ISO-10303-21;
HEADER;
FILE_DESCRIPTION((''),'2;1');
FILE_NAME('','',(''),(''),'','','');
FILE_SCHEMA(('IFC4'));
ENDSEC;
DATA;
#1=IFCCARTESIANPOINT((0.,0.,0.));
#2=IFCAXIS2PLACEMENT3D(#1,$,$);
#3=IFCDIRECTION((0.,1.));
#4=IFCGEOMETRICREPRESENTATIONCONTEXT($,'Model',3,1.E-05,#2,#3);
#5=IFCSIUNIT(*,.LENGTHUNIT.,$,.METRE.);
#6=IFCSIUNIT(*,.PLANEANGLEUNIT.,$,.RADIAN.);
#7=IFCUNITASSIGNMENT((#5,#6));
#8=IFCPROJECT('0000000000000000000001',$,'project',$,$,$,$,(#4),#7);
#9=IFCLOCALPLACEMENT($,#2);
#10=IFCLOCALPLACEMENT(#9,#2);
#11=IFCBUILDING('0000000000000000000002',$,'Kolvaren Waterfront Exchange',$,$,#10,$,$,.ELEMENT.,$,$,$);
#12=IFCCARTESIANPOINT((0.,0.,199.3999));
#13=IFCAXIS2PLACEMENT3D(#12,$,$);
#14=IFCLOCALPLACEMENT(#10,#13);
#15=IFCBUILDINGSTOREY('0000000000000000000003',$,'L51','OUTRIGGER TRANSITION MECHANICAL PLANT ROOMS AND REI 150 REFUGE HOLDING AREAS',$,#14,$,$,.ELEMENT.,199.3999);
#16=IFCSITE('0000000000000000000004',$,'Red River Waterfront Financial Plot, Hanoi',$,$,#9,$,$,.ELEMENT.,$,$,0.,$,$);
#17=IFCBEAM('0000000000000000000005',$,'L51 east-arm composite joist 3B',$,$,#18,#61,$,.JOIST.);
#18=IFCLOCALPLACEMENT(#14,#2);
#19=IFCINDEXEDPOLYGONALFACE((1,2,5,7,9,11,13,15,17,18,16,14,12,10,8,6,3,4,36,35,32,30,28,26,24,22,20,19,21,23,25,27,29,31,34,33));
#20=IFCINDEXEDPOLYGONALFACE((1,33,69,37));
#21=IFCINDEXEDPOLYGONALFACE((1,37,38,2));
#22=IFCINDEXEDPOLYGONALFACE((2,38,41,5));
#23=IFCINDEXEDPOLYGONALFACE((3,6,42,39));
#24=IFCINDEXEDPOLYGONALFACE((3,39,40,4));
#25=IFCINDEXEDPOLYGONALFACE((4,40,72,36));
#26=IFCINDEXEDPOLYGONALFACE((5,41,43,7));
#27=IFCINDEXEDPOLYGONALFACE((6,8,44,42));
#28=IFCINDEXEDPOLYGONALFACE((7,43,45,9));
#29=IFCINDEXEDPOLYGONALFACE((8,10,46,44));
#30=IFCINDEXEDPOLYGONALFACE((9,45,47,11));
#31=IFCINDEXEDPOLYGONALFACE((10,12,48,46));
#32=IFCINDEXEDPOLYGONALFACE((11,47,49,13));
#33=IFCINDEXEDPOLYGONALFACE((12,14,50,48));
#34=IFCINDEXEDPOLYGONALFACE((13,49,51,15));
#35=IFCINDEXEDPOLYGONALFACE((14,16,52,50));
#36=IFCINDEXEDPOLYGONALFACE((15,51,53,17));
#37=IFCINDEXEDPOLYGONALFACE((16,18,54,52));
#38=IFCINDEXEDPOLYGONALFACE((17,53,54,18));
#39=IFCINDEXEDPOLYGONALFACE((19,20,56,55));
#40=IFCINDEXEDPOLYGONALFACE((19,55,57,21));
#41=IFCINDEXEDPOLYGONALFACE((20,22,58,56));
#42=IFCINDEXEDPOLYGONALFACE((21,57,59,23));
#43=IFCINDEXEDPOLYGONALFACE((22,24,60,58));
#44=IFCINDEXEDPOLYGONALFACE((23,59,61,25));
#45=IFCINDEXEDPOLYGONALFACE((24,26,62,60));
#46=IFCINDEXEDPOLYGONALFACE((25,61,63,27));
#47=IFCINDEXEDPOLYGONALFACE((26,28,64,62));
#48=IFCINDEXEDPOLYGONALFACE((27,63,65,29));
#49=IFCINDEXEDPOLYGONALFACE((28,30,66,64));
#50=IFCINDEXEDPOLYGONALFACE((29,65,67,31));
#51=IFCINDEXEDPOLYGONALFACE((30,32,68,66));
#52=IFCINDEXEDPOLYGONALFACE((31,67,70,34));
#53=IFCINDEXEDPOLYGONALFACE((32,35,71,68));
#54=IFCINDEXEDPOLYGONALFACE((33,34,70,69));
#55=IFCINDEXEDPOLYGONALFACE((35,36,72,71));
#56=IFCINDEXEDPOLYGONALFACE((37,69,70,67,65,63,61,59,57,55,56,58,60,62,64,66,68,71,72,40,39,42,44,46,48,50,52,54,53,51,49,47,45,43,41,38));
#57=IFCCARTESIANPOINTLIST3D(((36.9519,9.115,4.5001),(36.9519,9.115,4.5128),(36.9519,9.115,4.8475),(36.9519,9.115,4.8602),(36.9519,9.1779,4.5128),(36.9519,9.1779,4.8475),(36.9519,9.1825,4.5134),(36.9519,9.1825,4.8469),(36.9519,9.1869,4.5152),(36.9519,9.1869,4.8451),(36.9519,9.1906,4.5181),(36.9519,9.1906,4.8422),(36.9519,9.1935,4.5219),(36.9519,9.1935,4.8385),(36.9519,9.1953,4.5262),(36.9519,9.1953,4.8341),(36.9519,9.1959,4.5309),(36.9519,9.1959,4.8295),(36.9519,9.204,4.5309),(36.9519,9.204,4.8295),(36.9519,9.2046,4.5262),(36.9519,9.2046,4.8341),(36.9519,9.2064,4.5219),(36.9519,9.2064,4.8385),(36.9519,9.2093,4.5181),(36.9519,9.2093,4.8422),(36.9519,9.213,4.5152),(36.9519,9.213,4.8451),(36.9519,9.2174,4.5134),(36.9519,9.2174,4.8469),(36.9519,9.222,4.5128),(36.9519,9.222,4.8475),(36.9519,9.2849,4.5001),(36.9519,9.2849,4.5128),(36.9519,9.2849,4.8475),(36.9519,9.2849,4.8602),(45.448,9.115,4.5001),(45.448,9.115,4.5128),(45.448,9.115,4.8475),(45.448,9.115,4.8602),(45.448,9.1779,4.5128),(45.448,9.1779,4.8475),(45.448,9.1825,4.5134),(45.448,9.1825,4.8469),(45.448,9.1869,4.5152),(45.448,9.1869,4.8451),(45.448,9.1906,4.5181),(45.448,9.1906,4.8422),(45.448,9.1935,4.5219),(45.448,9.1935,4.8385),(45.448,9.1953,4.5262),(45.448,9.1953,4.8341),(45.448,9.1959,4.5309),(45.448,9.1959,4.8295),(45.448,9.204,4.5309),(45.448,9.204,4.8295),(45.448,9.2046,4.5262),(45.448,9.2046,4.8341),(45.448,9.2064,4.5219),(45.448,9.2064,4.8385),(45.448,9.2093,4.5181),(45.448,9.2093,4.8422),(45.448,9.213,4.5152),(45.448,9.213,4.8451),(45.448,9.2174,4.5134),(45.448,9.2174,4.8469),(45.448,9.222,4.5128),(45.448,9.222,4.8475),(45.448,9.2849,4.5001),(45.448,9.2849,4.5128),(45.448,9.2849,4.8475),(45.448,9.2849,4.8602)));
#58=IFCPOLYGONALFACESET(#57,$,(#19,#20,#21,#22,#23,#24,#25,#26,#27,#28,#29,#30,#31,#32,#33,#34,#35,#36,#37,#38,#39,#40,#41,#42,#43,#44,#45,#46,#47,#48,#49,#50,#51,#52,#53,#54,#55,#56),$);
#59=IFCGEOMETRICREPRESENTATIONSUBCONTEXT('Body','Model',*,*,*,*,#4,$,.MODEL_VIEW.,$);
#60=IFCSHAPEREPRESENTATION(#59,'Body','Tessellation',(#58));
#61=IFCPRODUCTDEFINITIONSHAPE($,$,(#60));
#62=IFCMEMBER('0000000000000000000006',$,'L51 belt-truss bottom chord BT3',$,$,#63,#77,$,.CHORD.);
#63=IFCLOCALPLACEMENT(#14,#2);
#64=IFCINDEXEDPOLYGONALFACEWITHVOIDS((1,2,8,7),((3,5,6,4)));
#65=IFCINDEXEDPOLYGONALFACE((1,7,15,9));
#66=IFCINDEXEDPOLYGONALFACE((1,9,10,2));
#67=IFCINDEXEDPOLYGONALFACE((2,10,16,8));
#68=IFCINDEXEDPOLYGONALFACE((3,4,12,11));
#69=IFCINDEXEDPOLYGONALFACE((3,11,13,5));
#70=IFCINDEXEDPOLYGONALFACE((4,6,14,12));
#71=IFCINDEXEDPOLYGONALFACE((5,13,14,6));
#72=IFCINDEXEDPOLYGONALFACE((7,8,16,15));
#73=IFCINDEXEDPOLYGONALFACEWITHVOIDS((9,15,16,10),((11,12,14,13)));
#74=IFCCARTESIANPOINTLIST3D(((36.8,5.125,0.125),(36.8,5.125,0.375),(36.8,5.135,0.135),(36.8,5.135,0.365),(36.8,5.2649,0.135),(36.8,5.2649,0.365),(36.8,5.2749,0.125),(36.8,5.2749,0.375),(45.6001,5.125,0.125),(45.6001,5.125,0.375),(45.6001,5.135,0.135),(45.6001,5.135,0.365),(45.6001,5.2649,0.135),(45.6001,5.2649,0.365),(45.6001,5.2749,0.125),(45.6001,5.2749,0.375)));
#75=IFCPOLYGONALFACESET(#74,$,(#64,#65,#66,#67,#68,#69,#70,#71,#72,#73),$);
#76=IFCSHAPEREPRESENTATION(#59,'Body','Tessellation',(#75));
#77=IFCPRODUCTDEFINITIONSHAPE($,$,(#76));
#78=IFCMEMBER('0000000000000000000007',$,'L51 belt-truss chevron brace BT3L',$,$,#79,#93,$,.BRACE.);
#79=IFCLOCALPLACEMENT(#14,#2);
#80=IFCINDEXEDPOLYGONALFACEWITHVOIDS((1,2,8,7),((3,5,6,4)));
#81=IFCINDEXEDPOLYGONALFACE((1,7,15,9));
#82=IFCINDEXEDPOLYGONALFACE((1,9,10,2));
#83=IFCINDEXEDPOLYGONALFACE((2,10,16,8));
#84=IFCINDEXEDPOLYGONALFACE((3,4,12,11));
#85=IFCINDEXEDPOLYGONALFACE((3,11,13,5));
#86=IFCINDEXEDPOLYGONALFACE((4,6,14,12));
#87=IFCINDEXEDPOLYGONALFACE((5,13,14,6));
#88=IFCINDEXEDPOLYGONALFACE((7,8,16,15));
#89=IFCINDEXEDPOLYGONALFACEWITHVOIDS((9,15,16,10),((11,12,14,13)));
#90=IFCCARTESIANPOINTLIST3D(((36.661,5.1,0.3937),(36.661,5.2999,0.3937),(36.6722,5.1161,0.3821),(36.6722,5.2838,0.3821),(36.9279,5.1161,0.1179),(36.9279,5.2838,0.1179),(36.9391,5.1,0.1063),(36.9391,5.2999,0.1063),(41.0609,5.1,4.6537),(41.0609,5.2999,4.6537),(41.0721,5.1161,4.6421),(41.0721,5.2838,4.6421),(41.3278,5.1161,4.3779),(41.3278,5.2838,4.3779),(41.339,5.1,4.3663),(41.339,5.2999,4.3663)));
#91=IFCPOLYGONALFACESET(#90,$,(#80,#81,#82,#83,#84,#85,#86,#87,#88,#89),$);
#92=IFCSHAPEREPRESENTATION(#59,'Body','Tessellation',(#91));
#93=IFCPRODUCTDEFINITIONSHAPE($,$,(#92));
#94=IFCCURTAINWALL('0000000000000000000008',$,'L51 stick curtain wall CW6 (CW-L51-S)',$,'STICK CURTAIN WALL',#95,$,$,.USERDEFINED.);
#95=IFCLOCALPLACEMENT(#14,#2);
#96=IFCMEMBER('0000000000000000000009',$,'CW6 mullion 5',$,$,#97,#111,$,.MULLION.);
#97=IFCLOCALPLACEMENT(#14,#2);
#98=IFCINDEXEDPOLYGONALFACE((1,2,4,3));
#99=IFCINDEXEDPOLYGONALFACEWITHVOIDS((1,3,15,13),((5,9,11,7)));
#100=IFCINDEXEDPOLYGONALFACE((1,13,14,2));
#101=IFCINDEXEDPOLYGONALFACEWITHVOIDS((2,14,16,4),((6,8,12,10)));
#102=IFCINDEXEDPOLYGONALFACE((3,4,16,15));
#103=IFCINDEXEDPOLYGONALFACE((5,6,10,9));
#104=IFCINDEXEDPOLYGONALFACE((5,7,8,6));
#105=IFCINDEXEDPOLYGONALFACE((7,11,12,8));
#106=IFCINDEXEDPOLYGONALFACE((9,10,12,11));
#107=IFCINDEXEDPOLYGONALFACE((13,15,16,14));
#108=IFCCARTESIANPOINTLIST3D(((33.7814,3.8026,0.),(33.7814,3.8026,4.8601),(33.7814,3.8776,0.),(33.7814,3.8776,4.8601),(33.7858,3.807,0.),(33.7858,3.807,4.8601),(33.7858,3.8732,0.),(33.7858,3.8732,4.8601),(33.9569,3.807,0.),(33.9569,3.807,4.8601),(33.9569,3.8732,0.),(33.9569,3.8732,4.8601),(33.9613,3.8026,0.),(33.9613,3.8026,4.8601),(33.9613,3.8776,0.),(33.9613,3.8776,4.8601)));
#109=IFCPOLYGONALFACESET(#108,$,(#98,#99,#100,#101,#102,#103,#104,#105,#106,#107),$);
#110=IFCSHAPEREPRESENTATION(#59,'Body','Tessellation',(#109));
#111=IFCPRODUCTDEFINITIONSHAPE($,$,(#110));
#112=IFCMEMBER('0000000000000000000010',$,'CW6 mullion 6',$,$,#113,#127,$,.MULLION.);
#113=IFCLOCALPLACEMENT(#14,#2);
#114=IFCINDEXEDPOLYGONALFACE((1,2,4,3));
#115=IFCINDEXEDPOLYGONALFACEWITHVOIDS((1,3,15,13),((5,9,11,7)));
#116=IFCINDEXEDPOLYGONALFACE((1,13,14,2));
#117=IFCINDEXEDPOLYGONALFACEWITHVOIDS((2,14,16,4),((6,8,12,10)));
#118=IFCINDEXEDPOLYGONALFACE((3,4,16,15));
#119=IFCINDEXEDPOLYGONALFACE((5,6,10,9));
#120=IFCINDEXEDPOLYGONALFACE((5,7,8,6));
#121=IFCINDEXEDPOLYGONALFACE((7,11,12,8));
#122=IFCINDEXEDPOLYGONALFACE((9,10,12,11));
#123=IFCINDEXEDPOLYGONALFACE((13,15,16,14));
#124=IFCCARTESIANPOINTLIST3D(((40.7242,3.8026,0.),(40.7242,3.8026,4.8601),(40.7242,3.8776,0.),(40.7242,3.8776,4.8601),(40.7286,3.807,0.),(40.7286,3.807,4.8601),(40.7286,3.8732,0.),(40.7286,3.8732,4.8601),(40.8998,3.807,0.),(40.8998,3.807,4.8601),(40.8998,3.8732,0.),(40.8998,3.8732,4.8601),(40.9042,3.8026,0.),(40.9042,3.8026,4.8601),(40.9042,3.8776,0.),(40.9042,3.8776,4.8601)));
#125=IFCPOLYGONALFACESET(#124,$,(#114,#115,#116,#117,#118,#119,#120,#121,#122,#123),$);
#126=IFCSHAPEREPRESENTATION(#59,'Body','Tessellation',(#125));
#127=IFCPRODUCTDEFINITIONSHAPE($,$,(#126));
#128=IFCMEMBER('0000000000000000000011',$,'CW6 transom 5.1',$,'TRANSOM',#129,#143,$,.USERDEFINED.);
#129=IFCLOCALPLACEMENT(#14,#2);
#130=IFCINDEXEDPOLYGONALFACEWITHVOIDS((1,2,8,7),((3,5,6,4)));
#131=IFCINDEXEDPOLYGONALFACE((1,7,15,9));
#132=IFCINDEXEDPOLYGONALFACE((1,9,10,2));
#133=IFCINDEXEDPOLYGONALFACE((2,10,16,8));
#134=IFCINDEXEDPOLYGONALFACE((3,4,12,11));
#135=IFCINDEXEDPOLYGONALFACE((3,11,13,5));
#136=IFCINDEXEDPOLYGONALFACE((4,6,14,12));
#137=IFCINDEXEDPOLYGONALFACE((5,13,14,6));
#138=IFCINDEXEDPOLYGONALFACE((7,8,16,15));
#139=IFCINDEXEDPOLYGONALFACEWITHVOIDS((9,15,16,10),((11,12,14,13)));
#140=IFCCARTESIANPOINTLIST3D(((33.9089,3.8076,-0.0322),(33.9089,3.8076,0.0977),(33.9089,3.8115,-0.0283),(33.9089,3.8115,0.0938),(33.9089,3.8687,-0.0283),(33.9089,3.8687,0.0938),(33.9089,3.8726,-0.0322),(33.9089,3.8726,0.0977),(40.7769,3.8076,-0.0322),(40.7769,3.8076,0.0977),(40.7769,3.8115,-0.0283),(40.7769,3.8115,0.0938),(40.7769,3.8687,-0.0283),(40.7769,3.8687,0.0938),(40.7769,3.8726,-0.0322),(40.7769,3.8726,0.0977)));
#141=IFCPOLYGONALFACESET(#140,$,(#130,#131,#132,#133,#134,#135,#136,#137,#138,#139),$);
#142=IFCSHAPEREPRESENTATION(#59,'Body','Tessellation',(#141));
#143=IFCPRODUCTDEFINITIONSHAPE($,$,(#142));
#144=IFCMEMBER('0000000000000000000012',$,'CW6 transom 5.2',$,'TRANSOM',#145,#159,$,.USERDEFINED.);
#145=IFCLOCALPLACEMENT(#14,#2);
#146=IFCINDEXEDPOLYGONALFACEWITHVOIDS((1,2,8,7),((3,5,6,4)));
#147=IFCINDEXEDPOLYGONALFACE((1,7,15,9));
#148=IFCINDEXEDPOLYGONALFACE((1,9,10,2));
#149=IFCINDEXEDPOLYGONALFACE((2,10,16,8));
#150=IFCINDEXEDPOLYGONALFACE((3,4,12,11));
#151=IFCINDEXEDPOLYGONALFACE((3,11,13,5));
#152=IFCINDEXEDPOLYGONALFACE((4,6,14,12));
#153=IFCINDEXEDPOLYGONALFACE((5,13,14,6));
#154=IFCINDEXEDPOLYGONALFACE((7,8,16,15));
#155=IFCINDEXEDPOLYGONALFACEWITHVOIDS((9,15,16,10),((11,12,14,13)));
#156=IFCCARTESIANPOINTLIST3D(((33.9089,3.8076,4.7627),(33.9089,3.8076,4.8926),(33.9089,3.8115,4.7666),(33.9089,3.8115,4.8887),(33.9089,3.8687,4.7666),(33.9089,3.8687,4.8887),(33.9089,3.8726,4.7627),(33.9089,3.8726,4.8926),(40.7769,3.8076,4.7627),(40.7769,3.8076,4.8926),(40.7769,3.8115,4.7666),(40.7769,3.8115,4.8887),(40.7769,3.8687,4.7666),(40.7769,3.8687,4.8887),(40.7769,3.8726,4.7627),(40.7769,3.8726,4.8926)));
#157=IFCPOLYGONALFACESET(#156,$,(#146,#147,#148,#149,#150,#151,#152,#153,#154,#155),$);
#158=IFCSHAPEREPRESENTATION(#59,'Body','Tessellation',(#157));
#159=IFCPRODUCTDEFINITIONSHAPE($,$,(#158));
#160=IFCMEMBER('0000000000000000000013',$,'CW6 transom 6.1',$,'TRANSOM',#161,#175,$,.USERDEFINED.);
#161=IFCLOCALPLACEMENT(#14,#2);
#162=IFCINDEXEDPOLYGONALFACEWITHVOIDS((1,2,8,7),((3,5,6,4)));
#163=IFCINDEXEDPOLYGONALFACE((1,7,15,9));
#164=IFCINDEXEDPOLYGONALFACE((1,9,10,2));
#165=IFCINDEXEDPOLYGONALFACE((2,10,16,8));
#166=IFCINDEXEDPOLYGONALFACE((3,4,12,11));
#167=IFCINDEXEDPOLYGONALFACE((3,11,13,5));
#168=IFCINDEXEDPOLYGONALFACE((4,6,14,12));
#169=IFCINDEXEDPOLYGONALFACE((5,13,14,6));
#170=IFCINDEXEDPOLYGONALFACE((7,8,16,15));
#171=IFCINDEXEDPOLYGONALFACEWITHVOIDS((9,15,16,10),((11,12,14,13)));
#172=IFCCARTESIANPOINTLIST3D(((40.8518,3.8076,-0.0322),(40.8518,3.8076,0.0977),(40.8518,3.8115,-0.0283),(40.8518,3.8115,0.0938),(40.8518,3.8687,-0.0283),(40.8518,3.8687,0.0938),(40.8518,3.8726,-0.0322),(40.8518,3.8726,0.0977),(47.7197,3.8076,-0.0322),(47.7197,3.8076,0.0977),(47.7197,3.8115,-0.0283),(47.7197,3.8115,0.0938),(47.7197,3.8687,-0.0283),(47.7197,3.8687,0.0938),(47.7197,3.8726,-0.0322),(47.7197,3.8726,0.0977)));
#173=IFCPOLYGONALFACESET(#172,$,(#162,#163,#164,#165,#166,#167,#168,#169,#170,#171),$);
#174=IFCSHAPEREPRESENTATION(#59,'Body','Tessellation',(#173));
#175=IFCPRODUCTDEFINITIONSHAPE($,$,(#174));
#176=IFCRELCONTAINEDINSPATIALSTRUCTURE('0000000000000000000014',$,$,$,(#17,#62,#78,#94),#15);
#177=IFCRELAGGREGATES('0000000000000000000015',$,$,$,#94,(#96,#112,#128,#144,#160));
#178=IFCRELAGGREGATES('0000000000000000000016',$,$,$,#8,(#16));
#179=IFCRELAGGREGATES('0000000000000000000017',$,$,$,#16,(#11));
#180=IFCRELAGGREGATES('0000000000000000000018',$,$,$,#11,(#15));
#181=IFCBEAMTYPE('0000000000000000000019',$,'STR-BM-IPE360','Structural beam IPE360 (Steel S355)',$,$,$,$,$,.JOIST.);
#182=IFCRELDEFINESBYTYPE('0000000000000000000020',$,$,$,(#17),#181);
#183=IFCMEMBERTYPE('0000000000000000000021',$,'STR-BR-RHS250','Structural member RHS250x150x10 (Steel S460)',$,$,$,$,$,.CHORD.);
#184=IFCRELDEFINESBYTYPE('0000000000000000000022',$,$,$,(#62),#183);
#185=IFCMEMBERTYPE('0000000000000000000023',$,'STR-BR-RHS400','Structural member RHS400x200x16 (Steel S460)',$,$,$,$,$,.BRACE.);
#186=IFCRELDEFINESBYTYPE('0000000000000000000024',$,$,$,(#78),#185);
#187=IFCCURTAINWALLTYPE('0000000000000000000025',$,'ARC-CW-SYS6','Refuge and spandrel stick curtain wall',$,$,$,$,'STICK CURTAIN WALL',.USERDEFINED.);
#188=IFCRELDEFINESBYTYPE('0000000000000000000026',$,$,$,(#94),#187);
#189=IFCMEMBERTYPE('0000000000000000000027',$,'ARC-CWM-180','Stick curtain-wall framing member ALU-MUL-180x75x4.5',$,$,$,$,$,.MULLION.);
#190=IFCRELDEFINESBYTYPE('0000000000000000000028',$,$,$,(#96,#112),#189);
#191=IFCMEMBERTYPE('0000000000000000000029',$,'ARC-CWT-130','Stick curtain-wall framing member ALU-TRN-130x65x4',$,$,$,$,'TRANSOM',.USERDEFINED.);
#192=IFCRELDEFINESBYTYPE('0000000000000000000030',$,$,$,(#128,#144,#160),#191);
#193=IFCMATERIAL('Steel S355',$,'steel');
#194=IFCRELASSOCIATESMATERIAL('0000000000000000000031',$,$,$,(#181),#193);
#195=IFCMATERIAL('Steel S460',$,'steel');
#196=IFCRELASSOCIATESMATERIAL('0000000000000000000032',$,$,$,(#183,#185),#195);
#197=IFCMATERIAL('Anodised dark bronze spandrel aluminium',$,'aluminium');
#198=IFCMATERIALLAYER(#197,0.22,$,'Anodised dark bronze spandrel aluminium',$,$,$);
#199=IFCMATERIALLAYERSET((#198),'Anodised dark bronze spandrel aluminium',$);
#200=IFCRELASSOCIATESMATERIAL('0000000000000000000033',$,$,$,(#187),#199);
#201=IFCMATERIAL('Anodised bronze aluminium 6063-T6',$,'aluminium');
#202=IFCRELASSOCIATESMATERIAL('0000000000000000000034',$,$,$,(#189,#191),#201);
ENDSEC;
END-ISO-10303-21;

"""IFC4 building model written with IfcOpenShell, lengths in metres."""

from ifc_helpers import new_model, si_unit, direction, frame, origin, origin_with_axes, origin_2d, place, context, subcontext, project, spatial, hollow_rectangle, i_section, extrude, source, transform, mapped, material, layer, layer_set, material_profile, profile_set, type_object, element, aggregate, save


model = new_model("IFC4")

# Units and contexts
model_context = context("Model", 3, precision=1e-05, world=origin(), true_north=direction((0.0, 1.0)))
body_context = subcontext(model_context, "Body", "Model", "MODEL_VIEW")
ifc_project = project(units=[si_unit("LENGTHUNIT", "METRE"), si_unit("PLANEANGLEUNIT", "RADIAN")], contexts=[model_context])

# Site, building, storey
site_placement = place(None, origin())
site = spatial("IfcSite", under=ifc_project, at=site_placement, Name="Red River Waterfront Financial Plot, Hanoi", CompositionType="ELEMENT", RefElevation=0.0)
building_placement = place(site_placement, origin())
building = spatial("IfcBuilding", under=site, at=building_placement, Name="Kolvaren Waterfront Exchange", CompositionType="ELEMENT")
storey_placement = place(building_placement, frame((0.0, 0.0, 199.3999)))
storey = spatial("IfcBuildingStorey", under=building, at=storey_placement, Name="L51", Description="OUTRIGGER TRANSITION MECHANICAL PLANT ROOMS AND REI 150 REFUGE HOLDING AREAS", CompositionType="ELEMENT", Elevation=199.3999)

# Beam
ifc_material_1 = material(Name="Steel S355", Category="steel")
ifc_material_profile_1 = material_profile(ifc_material_1, i_section(OverallWidth=0.1699, OverallDepth=0.3601, WebThickness=0.0081, FlangeThickness=0.0127, FilletRadius=0.0181, at=origin_2d()), Name="IPE360")
ifc_profile_set_1 = profile_set([ifc_material_profile_1], Name="Steel S355")
beam_type_1 = type_object("IfcBeamType", Name="STR-BM-IPE360", Description="Structural beam IPE360 (Steel S355)", PredefinedType="JOIST", material=ifc_profile_set_1)
for number, where, z_axis, x_axis, name in (
    (1, (36.9519, 9.2, 4.6802), (1.0, 0.0, 0.0), (0.0, 1.0, 0.0), "L51 east-arm composite joist 3B"),
):
    element("IfcBeam", number, at=place(storey_placement, frame(where, z_axis=z_axis, x_axis=x_axis)), inside=storey, type_object=beam_type_1, Name=name, PredefinedType="JOIST", context=body_context, shape_type="SweptSolid", body=[
        extrude(i_section(OverallWidth=0.1699, OverallDepth=0.3601, WebThickness=0.0081, FlangeThickness=0.0127, FilletRadius=0.0181, at=origin_2d()), origin(), (0.0, 0.0, 1.0), 8.4961),
    ])

# Members
ifc_material_2 = material(Name="Steel S460", Category="steel")
ifc_material_profile_2 = material_profile(ifc_material_2, hollow_rectangle(XDim=0.1499, YDim=0.25, WallThickness=0.01, at=origin_2d()), Name="RHS250x150x10")
ifc_profile_set_2 = profile_set([ifc_material_profile_2], Name="Steel S460")
member_type_1 = type_object("IfcMemberType", Name="STR-BR-RHS250", Description="Structural member RHS250x150x10 (Steel S460)", PredefinedType="CHORD", material=ifc_profile_set_2)
member_1_placement = place(storey_placement, frame((36.8, 5.2, 0.25), z_axis=(1.0, 0.0, 0.0), x_axis=(0.0, 1.0, 0.0)))
element("IfcMember", 2, at=member_1_placement, inside=storey, type_object=member_type_1, Name="L51 belt-truss bottom chord BT3", PredefinedType="CHORD", context=body_context, shape_type="SweptSolid", body=[
    extrude(hollow_rectangle(XDim=0.1499, YDim=0.25, WallThickness=0.01, at=origin_2d()), origin(), (0.0, 0.0, 1.0), 8.8),
])
ifc_material_profile_3 = material_profile(ifc_material_2, hollow_rectangle(XDim=0.2, YDim=0.3999, WallThickness=0.0161, at=origin_2d()), Name="RHS400x200x16")
ifc_profile_set_3 = profile_set([ifc_material_profile_3], Name="Steel S460")
member_type_2 = type_object("IfcMemberType", Name="STR-BR-RHS400", Description="Structural member RHS400x200x16 (Steel S460)", PredefinedType="BRACE", material=ifc_profile_set_3)
member_2_placement = place(storey_placement, frame((36.8, 5.2, 0.25), z_axis=(0.718436, 0.0, 0.695593), x_axis=(0.0, 1.0, 0.0)))
element("IfcMember", 3, at=member_2_placement, inside=storey, type_object=member_type_2, Name="L51 belt-truss chevron brace BT3L", PredefinedType="BRACE", context=body_context, shape_type="SweptSolid", body=[
    extrude(hollow_rectangle(XDim=0.2, YDim=0.3999, WallThickness=0.0161, at=origin_2d()), origin(), (0.0, 0.0, 1.0), 6.1243),
])

# Curtain wall, members
ifc_material_3 = material(Name="Anodised dark bronze spandrel aluminium", Category="aluminium")
ifc_layer_1 = layer(ifc_material_3, 0.22, Name="Anodised dark bronze spandrel aluminium")
ifc_layer_set_1 = layer_set([ifc_layer_1], Name="Anodised dark bronze spandrel aluminium")
curtain_wall_type = type_object("IfcCurtainWallType", Name="ARC-CW-SYS6", Description="Refuge and spandrel stick curtain wall", ElementType="STICK CURTAIN WALL", PredefinedType="USERDEFINED", material=ifc_layer_set_1)
curtain_wall_placement = place(storey_placement, origin())
curtain_wall = element("IfcCurtainWall", 4, at=curtain_wall_placement, inside=storey, type_object=curtain_wall_type, Name="L51 stick curtain wall CW6 (CW-L51-S)", ObjectType="STICK CURTAIN WALL", PredefinedType="USERDEFINED")
ifc_material_4 = material(Name="Anodised bronze aluminium 6063-T6", Category="aluminium")
ifc_material_profile_4 = material_profile(ifc_material_4, hollow_rectangle(XDim=0.075, YDim=0.1799, WallThickness=0.0044, at=origin_2d()), Name="ALU-MUL-180x75x4.5")
ifc_profile_set_4 = profile_set([ifc_material_profile_4], Name="Anodised bronze aluminium 6063-T6")
member_type_3 = type_object("IfcMemberType", Name="ARC-CWM-180", Description="Stick curtain-wall framing member ALU-MUL-180x75x4.5", PredefinedType="MULLION", material=ifc_profile_set_4)
shared_shape_1 = source(origin_with_axes(), body_context, "Body", "SweptSolid", [
    extrude(hollow_rectangle(XDim=0.075, YDim=0.1799, WallThickness=0.0044, at=origin_2d()), origin(), (0.0, 0.0, 1.0), 4.8601),
])
member_3_placement = place(storey_placement, frame((33.8713, 3.8401, 0.0), z_axis=(0.0, 0.0, 1.0), x_axis=(0.0, 1.0, 0.0)))
member_3 = element("IfcMember", 5, at=member_3_placement, type_object=member_type_3, Name="CW6 mullion 5", PredefinedType="MULLION", context=body_context, shape_type="MappedRepresentation", body=[
    mapped(shared_shape_1, transform((0.0, 0.0, 0.0), x_axis=(1.0, 0.0, 0.0), y_axis=(0.0, 1.0, 0.0), z_axis=(0.0, 0.0, 1.0), scale=1.0)),
])
member_4_placement = place(storey_placement, frame((40.8142, 3.8401, 0.0), z_axis=(0.0, 0.0, 1.0), x_axis=(0.0, 1.0, 0.0)))
member_4 = element("IfcMember", 6, at=member_4_placement, type_object=member_type_3, Name="CW6 mullion 6", PredefinedType="MULLION", context=body_context, shape_type="MappedRepresentation", body=[
    mapped(shared_shape_1, transform((0.0, 0.0, 0.0), x_axis=(1.0, 0.0, 0.0), y_axis=(0.0, 1.0, 0.0), z_axis=(0.0, 0.0, 1.0), scale=1.0)),
])
ifc_material_profile_5 = material_profile(ifc_material_4, hollow_rectangle(XDim=0.0649, YDim=0.1299, WallThickness=0.0039, at=origin_2d()), Name="ALU-TRN-130x65x4")
ifc_profile_set_5 = profile_set([ifc_material_profile_5], Name="Anodised bronze aluminium 6063-T6")
member_type_4 = type_object("IfcMemberType", Name="ARC-CWT-130", Description="Stick curtain-wall framing member ALU-TRN-130x65x4", ElementType="TRANSOM", PredefinedType="USERDEFINED", material=ifc_profile_set_5)
shared_shape_2 = source(origin_with_axes(), body_context, "Body", "SweptSolid", [
    extrude(hollow_rectangle(XDim=0.0649, YDim=0.1299, WallThickness=0.0039, at=origin_2d()), origin(), (0.0, 0.0, 1.0), 6.8679),
])
member_5_placement = place(storey_placement, frame((33.9089, 3.8401, 0.0327), z_axis=(1.0, 0.0, 0.0), x_axis=(0.0, 1.0, 0.0)))
member_5 = element("IfcMember", 7, at=member_5_placement, type_object=member_type_4, Name="CW6 transom 5.1", ObjectType="TRANSOM", PredefinedType="USERDEFINED", context=body_context, shape_type="MappedRepresentation", body=[
    mapped(shared_shape_2, transform((0.0, 0.0, 0.0), x_axis=(1.0, 0.0, 0.0), y_axis=(0.0, 1.0, 0.0), z_axis=(0.0, 0.0, 1.0), scale=1.0)),
])
member_6_placement = place(storey_placement, frame((33.9089, 3.8401, 4.8276), z_axis=(1.0, 0.0, 0.0), x_axis=(0.0, 1.0, 0.0)))
member_6 = element("IfcMember", 8, at=member_6_placement, type_object=member_type_4, Name="CW6 transom 5.2", ObjectType="TRANSOM", PredefinedType="USERDEFINED", context=body_context, shape_type="MappedRepresentation", body=[
    mapped(shared_shape_2, transform((0.0, 0.0, 0.0), x_axis=(1.0, 0.0, 0.0), y_axis=(0.0, 1.0, 0.0), z_axis=(0.0, 0.0, 1.0), scale=1.0)),
])
member_7_placement = place(storey_placement, frame((40.8518, 3.8401, 0.0327), z_axis=(1.0, 0.0, 0.0), x_axis=(0.0, 1.0, 0.0)))
member_7 = element("IfcMember", 9, at=member_7_placement, type_object=member_type_4, Name="CW6 transom 6.1", ObjectType="TRANSOM", PredefinedType="USERDEFINED", context=body_context, shape_type="MappedRepresentation", body=[
    mapped(shared_shape_2, transform((0.0, 0.0, 0.0), x_axis=(1.0, 0.0, 0.0), y_axis=(0.0, 1.0, 0.0), z_axis=(0.0, 0.0, 1.0), scale=1.0)),
])

aggregate(curtain_wall, [member_3, member_4, member_5, member_6, member_7])

save(model, "model.ifc")
